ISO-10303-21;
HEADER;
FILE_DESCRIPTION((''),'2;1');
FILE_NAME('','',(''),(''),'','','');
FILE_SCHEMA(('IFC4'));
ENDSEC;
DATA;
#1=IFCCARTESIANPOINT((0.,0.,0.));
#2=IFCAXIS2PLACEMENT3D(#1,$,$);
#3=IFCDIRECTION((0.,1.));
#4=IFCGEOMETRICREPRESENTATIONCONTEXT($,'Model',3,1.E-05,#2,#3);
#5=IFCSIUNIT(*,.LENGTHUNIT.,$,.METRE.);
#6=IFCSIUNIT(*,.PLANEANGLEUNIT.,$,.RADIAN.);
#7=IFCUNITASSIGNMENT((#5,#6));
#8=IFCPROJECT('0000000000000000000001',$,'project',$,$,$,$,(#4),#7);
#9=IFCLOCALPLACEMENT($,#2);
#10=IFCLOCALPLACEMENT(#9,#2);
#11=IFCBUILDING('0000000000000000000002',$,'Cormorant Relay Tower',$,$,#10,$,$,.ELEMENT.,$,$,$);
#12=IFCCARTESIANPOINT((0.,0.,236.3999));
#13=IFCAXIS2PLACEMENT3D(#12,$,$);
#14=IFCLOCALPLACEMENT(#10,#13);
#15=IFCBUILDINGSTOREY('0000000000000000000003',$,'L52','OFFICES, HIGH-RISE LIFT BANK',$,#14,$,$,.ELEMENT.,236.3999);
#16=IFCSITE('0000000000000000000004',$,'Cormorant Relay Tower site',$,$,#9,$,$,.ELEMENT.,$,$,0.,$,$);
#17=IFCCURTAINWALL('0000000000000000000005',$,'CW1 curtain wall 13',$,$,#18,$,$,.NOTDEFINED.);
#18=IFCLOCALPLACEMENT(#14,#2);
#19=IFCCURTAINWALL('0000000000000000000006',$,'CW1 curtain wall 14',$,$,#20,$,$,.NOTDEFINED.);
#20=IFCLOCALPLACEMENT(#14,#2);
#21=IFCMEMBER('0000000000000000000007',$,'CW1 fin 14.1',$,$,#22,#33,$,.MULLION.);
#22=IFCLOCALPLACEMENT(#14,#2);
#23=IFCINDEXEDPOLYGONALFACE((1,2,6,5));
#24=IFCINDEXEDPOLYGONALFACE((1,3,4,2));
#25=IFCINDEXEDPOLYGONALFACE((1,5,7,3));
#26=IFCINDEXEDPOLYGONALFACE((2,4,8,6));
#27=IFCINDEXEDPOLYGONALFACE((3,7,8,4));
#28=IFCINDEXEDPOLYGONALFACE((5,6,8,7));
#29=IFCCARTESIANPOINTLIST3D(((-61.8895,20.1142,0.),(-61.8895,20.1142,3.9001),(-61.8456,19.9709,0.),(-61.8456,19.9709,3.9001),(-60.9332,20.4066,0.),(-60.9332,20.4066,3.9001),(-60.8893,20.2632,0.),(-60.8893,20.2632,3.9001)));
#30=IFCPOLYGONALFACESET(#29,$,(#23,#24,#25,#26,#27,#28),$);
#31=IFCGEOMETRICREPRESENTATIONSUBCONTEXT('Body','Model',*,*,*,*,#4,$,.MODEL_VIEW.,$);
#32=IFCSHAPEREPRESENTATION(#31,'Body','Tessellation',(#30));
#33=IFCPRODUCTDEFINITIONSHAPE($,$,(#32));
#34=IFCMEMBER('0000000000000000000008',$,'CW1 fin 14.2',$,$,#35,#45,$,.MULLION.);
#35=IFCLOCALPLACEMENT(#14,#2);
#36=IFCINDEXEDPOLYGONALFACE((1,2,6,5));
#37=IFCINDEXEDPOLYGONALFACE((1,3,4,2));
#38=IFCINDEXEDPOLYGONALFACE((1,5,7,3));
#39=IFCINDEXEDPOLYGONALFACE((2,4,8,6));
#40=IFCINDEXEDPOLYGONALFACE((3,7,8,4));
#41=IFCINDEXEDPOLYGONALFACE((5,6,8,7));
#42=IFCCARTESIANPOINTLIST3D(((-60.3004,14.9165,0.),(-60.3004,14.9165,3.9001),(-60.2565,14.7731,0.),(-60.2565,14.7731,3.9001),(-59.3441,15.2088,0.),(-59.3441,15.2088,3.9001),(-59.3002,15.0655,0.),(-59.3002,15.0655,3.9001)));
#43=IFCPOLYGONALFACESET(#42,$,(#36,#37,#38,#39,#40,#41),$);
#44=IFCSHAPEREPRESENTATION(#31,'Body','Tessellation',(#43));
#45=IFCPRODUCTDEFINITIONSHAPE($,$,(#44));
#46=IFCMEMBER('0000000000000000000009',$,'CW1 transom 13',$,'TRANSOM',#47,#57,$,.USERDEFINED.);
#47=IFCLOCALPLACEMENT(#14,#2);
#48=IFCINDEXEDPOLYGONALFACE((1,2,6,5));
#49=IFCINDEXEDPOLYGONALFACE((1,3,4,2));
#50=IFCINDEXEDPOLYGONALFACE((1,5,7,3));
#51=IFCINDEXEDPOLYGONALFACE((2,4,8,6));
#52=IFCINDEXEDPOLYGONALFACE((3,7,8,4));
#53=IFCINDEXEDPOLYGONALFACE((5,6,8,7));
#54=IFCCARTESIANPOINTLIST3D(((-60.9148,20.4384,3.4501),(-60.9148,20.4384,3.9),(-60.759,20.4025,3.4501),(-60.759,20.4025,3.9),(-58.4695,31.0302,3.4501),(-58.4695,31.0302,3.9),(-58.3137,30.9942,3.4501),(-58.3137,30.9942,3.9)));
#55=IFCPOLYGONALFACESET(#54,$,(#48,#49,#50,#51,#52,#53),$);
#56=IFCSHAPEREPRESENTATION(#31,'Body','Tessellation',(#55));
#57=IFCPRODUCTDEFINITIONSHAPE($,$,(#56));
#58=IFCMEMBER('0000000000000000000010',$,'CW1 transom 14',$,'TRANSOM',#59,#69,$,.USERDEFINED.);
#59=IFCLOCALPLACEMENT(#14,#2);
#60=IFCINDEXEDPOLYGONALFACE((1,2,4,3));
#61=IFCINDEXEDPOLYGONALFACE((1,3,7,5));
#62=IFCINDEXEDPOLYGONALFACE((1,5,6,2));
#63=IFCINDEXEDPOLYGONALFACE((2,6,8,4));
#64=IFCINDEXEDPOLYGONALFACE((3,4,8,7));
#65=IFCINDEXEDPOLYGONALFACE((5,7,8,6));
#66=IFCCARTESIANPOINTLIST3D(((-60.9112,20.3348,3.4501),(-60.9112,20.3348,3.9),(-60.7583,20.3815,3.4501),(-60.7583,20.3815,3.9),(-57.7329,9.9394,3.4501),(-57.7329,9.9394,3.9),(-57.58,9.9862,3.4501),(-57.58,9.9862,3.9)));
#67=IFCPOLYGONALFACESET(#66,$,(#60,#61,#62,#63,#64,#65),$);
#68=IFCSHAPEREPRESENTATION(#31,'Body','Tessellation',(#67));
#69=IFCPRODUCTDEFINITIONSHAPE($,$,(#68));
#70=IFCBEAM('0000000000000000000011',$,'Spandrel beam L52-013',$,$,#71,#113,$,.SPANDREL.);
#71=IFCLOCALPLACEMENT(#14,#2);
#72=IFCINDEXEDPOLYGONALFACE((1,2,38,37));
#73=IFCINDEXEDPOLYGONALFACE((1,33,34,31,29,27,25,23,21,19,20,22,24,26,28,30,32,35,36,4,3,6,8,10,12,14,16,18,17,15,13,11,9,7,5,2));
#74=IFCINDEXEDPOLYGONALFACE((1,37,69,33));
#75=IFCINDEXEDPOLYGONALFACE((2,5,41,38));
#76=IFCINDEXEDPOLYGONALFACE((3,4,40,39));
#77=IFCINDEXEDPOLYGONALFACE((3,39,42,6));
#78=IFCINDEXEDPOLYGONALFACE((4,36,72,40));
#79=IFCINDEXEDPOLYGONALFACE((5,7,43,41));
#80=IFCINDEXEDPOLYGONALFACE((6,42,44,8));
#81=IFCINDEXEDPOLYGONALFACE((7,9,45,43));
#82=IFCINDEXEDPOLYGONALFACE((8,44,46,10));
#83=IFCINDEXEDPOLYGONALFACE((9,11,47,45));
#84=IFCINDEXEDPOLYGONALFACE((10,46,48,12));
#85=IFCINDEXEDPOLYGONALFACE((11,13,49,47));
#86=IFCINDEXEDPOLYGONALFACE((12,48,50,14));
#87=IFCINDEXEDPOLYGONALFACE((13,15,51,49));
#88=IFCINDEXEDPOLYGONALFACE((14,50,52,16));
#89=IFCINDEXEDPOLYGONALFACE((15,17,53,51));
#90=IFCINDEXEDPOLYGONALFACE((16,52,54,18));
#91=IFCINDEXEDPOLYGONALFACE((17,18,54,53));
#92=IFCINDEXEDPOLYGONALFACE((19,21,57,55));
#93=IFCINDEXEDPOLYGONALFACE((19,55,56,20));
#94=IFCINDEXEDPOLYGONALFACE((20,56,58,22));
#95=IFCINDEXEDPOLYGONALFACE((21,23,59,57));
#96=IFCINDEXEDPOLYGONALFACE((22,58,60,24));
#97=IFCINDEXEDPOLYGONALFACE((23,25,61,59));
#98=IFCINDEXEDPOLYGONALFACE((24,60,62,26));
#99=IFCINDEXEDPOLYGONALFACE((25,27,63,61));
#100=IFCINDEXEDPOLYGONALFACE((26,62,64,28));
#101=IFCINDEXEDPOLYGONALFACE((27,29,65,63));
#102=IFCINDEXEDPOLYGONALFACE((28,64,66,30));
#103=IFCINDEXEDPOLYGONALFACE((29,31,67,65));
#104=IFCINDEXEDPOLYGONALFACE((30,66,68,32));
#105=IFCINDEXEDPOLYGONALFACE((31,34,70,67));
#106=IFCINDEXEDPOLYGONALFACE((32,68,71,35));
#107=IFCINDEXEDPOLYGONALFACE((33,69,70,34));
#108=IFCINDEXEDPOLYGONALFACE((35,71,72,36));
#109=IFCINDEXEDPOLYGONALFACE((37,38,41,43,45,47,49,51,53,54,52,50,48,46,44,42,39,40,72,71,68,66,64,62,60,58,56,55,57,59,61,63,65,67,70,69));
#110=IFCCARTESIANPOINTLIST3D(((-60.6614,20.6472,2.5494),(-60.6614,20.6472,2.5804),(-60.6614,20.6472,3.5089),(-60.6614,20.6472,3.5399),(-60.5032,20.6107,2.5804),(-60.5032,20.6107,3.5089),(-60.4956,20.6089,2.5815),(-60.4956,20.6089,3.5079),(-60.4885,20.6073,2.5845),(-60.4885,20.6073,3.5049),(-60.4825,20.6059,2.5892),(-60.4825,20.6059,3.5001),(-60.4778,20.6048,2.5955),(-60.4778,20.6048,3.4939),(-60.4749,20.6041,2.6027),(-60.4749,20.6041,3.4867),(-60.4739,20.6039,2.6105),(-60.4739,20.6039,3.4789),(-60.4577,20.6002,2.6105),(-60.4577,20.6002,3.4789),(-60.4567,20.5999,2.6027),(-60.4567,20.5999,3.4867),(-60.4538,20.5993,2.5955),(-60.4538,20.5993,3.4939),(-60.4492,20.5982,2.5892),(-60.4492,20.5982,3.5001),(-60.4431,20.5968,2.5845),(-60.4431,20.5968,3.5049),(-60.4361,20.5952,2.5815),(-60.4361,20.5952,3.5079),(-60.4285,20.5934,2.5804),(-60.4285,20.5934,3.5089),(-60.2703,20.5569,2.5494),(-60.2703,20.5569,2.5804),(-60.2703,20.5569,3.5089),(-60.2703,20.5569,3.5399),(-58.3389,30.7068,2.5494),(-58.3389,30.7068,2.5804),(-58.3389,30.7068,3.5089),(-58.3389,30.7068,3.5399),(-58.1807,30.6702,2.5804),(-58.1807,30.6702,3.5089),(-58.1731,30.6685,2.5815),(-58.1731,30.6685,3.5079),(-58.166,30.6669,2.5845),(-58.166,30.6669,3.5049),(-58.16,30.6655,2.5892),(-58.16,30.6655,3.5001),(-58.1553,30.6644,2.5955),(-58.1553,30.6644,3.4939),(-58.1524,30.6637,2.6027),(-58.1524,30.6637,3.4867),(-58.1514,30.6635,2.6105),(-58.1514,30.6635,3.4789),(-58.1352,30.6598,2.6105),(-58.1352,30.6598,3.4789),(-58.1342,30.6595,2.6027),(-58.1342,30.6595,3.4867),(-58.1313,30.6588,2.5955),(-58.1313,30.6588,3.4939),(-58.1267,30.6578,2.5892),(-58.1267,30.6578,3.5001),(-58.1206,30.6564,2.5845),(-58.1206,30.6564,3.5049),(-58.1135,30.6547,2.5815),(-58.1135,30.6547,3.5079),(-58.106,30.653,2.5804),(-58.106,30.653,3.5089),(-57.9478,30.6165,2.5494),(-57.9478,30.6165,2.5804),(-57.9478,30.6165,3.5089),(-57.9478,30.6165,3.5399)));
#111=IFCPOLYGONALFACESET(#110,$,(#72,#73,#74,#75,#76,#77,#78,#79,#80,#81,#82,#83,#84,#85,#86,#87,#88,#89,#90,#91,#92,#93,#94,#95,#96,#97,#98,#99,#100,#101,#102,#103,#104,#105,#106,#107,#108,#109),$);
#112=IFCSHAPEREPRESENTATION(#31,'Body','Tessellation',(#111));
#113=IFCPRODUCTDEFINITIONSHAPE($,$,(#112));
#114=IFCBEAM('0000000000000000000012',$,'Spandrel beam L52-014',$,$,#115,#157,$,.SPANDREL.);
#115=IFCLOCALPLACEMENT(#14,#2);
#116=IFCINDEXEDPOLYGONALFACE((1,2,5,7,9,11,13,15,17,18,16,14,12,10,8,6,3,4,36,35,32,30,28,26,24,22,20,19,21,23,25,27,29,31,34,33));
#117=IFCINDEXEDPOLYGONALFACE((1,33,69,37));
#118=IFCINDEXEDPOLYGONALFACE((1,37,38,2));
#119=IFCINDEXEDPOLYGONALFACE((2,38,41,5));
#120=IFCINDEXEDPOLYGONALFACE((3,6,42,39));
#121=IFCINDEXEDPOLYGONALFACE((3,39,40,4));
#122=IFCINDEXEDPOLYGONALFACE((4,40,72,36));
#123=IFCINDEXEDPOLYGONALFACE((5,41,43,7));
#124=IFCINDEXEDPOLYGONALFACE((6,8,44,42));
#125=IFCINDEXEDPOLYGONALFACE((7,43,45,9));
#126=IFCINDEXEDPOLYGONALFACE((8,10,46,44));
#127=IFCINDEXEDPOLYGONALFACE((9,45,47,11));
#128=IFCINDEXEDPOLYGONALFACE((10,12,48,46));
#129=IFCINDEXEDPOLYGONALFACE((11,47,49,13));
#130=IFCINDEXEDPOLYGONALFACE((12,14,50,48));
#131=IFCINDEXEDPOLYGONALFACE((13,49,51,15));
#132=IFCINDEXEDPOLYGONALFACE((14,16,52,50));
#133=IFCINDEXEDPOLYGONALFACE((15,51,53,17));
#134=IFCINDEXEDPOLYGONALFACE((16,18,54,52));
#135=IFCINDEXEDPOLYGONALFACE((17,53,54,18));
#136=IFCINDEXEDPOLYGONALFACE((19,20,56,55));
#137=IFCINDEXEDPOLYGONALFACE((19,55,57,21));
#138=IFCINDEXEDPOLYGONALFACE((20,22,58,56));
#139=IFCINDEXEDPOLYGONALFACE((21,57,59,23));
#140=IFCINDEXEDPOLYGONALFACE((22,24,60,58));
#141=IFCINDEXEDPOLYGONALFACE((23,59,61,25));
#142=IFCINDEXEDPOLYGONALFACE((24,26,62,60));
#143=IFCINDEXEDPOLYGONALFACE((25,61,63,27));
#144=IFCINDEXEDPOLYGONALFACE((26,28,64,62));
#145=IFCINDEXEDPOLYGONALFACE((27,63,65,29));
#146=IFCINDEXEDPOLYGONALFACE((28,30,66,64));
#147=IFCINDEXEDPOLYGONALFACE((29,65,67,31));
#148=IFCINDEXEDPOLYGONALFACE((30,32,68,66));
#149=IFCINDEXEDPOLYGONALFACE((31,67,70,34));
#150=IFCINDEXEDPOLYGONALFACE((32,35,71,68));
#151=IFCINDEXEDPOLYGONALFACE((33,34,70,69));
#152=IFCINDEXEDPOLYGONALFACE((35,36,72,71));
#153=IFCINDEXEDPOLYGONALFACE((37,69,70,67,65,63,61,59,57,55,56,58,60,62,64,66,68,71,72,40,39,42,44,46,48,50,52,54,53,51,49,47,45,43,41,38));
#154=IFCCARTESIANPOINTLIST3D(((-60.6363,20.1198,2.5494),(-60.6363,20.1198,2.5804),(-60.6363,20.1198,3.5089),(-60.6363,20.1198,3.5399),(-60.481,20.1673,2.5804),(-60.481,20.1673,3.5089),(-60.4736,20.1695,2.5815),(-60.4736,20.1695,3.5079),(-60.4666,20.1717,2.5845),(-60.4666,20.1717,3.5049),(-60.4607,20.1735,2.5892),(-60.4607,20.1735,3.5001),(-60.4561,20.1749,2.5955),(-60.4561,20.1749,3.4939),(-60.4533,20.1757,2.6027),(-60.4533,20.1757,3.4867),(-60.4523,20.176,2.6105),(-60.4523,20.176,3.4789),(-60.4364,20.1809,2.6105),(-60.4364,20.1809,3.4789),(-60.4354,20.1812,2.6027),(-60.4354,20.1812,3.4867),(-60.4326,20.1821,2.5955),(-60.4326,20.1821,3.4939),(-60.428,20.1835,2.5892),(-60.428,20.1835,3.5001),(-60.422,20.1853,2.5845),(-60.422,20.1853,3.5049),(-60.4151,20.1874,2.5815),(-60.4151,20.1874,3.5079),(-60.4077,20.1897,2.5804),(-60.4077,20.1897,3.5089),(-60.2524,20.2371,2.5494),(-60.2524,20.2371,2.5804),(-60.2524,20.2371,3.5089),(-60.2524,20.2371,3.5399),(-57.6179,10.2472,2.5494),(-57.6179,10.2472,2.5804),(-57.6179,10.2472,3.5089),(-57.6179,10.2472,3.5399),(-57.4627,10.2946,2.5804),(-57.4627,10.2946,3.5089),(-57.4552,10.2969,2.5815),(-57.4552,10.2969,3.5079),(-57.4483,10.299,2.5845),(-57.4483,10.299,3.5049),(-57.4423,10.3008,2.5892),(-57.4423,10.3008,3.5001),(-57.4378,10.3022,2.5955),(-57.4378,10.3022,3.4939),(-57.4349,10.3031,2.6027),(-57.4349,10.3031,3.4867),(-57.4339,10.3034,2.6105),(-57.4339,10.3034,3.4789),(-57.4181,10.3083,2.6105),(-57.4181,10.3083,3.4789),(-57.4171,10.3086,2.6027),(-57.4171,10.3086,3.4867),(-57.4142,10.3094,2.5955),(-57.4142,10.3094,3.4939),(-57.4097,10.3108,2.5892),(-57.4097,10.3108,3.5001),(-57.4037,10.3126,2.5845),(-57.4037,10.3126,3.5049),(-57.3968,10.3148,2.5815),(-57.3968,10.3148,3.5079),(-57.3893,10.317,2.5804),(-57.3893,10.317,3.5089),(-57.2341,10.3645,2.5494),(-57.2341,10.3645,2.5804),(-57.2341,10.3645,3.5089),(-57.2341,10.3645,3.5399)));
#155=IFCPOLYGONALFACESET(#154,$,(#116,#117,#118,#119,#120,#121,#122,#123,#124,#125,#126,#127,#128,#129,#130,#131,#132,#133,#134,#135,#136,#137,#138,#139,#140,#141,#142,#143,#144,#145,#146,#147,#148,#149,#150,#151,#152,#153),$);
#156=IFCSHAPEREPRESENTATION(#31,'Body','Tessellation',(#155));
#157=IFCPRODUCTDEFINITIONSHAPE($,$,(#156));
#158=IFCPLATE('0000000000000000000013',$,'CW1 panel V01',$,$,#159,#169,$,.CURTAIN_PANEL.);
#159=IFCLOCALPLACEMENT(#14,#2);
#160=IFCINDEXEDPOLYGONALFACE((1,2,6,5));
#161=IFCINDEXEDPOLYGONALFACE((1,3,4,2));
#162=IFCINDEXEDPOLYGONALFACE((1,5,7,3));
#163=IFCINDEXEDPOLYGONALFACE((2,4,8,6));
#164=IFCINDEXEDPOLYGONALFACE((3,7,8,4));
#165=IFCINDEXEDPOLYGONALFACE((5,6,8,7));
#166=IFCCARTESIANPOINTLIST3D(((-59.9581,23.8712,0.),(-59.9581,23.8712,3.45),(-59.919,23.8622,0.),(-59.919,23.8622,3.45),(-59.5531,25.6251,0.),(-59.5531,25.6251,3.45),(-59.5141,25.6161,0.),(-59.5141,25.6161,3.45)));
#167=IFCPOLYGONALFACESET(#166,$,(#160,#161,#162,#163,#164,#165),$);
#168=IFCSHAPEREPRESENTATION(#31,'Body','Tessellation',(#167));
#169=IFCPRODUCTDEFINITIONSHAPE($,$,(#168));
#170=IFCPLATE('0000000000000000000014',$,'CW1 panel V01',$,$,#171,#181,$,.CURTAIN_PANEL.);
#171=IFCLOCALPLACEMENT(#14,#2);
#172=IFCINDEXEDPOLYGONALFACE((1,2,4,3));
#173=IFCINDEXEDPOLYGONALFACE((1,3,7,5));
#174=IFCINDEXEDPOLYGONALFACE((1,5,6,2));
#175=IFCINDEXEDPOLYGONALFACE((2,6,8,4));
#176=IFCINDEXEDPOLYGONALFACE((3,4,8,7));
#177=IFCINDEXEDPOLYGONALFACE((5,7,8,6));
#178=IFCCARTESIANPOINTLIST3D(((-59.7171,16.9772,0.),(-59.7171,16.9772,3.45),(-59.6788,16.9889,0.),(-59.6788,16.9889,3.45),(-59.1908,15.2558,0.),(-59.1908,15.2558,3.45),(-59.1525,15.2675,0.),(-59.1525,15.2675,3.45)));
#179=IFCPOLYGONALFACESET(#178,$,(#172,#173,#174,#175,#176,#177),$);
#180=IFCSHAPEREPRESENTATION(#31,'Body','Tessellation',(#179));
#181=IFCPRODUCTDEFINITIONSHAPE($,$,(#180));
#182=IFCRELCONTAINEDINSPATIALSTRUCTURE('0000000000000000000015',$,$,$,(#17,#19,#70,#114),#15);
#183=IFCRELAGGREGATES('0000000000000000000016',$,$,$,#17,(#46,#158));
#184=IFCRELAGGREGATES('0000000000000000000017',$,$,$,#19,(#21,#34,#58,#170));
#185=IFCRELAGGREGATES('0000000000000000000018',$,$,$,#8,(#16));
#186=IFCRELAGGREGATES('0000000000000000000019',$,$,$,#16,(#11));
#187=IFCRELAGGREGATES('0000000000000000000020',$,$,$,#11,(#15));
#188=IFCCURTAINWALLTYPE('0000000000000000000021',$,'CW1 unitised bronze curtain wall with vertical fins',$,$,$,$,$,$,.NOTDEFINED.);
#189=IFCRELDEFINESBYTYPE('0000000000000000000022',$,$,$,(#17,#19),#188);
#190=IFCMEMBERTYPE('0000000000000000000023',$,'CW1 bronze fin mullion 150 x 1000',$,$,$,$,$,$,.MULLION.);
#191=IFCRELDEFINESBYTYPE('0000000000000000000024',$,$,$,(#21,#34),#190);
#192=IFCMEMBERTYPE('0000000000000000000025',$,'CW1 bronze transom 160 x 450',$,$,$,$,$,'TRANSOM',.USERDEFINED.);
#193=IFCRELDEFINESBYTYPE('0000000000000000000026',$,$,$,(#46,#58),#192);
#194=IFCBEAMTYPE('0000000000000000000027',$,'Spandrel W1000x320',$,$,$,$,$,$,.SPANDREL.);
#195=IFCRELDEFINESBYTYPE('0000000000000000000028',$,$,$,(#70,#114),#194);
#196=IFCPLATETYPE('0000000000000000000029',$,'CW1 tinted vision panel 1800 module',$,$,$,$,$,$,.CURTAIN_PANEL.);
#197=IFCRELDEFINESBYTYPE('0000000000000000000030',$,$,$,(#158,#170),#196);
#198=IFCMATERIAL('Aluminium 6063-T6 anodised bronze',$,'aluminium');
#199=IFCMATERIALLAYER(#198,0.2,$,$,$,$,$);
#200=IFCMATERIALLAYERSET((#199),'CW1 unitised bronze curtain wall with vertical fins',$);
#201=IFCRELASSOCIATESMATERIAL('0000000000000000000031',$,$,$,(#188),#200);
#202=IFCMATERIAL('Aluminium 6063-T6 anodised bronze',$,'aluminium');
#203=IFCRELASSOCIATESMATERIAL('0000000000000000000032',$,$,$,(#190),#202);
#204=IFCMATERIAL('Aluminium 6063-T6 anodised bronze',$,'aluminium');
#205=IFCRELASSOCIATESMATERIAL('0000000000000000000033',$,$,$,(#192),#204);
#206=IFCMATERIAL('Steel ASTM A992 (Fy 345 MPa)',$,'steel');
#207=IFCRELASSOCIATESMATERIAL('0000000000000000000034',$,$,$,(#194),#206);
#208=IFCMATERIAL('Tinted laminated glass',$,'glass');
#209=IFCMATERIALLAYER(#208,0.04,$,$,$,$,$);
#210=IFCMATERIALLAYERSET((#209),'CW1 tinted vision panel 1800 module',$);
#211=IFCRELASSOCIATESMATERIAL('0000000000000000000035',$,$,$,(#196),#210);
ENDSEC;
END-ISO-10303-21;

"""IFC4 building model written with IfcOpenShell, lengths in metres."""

from ifc_helpers import new_model, si_unit, direction, frame, origin, origin_2d, place, context, subcontext, project, spatial, rectangle, i_section, extrude, material, layer, layer_set, material_profile, profile_set, type_object, element, aggregate, save


model = new_model("IFC4")

# Units and contexts
model_context = context("Model", 3, precision=1e-05, world=origin(), true_north=direction((0.0, 1.0)))
body_context = subcontext(model_context, "Body", "Model", "MODEL_VIEW")
ifc_project = project(units=[si_unit("LENGTHUNIT", "METRE"), si_unit("PLANEANGLEUNIT", "RADIAN")], contexts=[model_context])

# Site, building, storey
site_placement = place(None, origin())
site = spatial("IfcSite", under=ifc_project, at=site_placement, Name="Cormorant Relay Tower site", CompositionType="ELEMENT", RefElevation=0.0)
building_placement = place(site_placement, origin())
building = spatial("IfcBuilding", under=site, at=building_placement, Name="Cormorant Relay Tower", CompositionType="ELEMENT")
storey_placement = place(building_placement, frame((0.0, 0.0, 236.3999)))
storey = spatial("IfcBuildingStorey", under=building, at=storey_placement, Name="L52", Description="OFFICES, HIGH-RISE LIFT BANK", CompositionType="ELEMENT", Elevation=236.3999)

# Curtain wall
ifc_material_1 = material(Name="Aluminium 6063-T6 anodised bronze", Category="aluminium")
ifc_layer_1 = layer(ifc_material_1, 0.2)
ifc_layer_set_1 = layer_set([ifc_layer_1], Name="CW1 unitised bronze curtain wall with vertical fins")
curtain_wall_type = type_object("IfcCurtainWallType", Name="CW1 unitised bronze curtain wall with vertical fins", PredefinedType="NOTDEFINED", material=ifc_layer_set_1)
curtain_wall_1_placement = place(storey_placement, origin())
curtain_wall_1 = element("IfcCurtainWall", 1, at=curtain_wall_1_placement, inside=storey, type_object=curtain_wall_type, Name="CW1 curtain wall 13", PredefinedType="NOTDEFINED")
ifc_material_2 = material(Name="Aluminium 6063-T6 anodised bronze", Category="aluminium")
ifc_material_profile_1 = material_profile(ifc_material_2, rectangle(XDim=0.1499, YDim=1.0, at=origin_2d()), Name="AL 150x1000")
ifc_profile_set_1 = profile_set([ifc_material_profile_1], Name="Aluminium 6063-T6 anodised bronze")
member_type_1 = type_object("IfcMemberType", Name="CW1 bronze fin mullion 150 x 1000", PredefinedType="MULLION", material=ifc_profile_set_1)

# Curtain wall, members
curtain_wall_2_placement = place(storey_placement, origin())
curtain_wall_2 = element("IfcCurtainWall", 2, at=curtain_wall_2_placement, inside=storey, type_object=curtain_wall_type, Name="CW1 curtain wall 14", PredefinedType="NOTDEFINED")
member_1_placement = place(storey_placement, frame((-61.3894, 20.1887, 0.0), z_axis=(0.0, 0.0, 1.0), x_axis=(0.292372, -0.956305, 0.0)))
member_1 = element("IfcMember", 3, at=member_1_placement, type_object=member_type_1, Name="CW1 fin 14.1", PredefinedType="MULLION", context=body_context, shape_type="SweptSolid", body=[
    extrude(rectangle(XDim=0.1499, YDim=1.0, at=origin_2d()), origin(), (0.0, 0.0, 1.0), 3.9001),
])
member_2_placement = place(storey_placement, frame((-59.8003, 14.991, 0.0), z_axis=(0.0, 0.0, 1.0), x_axis=(0.292372, -0.956305, 0.0)))
member_2 = element("IfcMember", 4, at=member_2_placement, type_object=member_type_1, Name="CW1 fin 14.2", PredefinedType="MULLION", context=body_context, shape_type="SweptSolid", body=[
    extrude(rectangle(XDim=0.1499, YDim=1.0, at=origin_2d()), origin(), (0.0, 0.0, 1.0), 3.9001),
])

# Members
ifc_material_3 = material(Name="Aluminium 6063-T6 anodised bronze", Category="aluminium")
ifc_material_profile_2 = material_profile(ifc_material_3, rectangle(XDim=0.1599, YDim=0.45, at=origin_2d()), Name="AL 160x450")
ifc_profile_set_2 = profile_set([ifc_material_profile_2], Name="Aluminium 6063-T6 anodised bronze")
member_type_2 = type_object("IfcMemberType", Name="CW1 bronze transom 160 x 450", ElementType="TRANSOM", PredefinedType="USERDEFINED", material=ifc_profile_set_2)
member_3_placement = place(storey_placement, frame((-58.3916, 31.0122, 3.675), z_axis=(-0.224951, -0.97437, 0.0), x_axis=(0.97437, -0.224951, 0.0)))
member_3 = element("IfcMember", 5, at=member_3_placement, type_object=member_type_2, Name="CW1 transom 13", ObjectType="TRANSOM", PredefinedType="USERDEFINED", context=body_context, shape_type="SweptSolid", body=[
    extrude(rectangle(XDim=0.1599, YDim=0.45, at=origin_2d()), origin(), (0.0, 0.0, 1.0), 10.8704),
])
member_4_placement = place(storey_placement, frame((-60.8347, 20.3582, 3.675), z_axis=(0.292378, -0.956303, 0.0), x_axis=(0.956303, 0.292378, 0.0)))
member_4 = element("IfcMember", 6, at=member_4_placement, type_object=member_type_2, Name="CW1 transom 14", ObjectType="TRANSOM", PredefinedType="USERDEFINED", context=body_context, shape_type="SweptSolid", body=[
    extrude(rectangle(XDim=0.1599, YDim=0.45, at=origin_2d()), origin(), (0.0, 0.0, 1.0), 10.8704),
])

# Beams
ifc_material_4 = material(Name="Steel ASTM A992 (Fy 345 MPa)", Category="steel")
ifc_material_profile_3 = material_profile(ifc_material_4, i_section(OverallWidth=0.4014, OverallDepth=0.9905, WebThickness=0.0166, FlangeThickness=0.031, FilletRadius=0.03, at=origin_2d()), Name="W1000x320")
ifc_profile_set_3 = profile_set([ifc_material_profile_3], Name="Steel ASTM A992 (Fy 345 MPa)")
beam_type = type_object("IfcBeamType", Name="Spandrel W1000x320", PredefinedType="SPANDREL", material=ifc_profile_set_3)
beam_1_placement = place(storey_placement, frame((-58.1433, 30.6616, 3.0447), z_axis=(-0.224958, -0.974368, 0.0), x_axis=(0.974368, -0.224958, 0.0)))
element("IfcBeam", 7, at=beam_1_placement, inside=storey, type_object=beam_type, Name="Spandrel beam L52-013", PredefinedType="SPANDREL", context=body_context, shape_type="SweptSolid", body=[
    extrude(i_section(OverallWidth=0.4014, OverallDepth=0.9905, WebThickness=0.0166, FlangeThickness=0.031, FilletRadius=0.03, at=origin_2d()), origin(), (0.0, 0.0, 1.0), 10.3242),
])
beam_2_placement = place(storey_placement, frame((-60.4443, 20.1785, 3.0447), z_axis=(0.292369, -0.956306, 0.0), x_axis=(0.956306, 0.292369, 0.0)))
element("IfcBeam", 8, at=beam_2_placement, inside=storey, type_object=beam_type, Name="Spandrel beam L52-014", PredefinedType="SPANDREL", context=body_context, shape_type="SweptSolid", body=[
    extrude(i_section(OverallWidth=0.4014, OverallDepth=0.9905, WebThickness=0.0166, FlangeThickness=0.031, FilletRadius=0.03, at=origin_2d()), origin(), (0.0, 0.0, 1.0), 10.3237),
])

# Plates
ifc_material_5 = material(Name="Tinted laminated glass", Category="glass")
ifc_layer_2 = layer(ifc_material_5, 0.04)
ifc_layer_set_2 = layer_set([ifc_layer_2], Name="CW1 tinted vision panel 1800 module")
plate_type = type_object("IfcPlateType", Name="CW1 tinted vision panel 1800 module", PredefinedType="CURTAIN_PANEL", material=ifc_layer_set_2)
plate_1_placement = place(storey_placement, frame((-59.7361, 24.7437, 0.0), z_axis=(0.0, 0.0, 1.0), x_axis=(-0.224951, -0.97437, 0.0)))
plate_1 = element("IfcPlate", 9, at=plate_1_placement, type_object=plate_type, Name="CW1 panel V01", PredefinedType="CURTAIN_PANEL", context=body_context, shape_type="SweptSolid", body=[
    extrude(rectangle(XDim=1.8, YDim=0.04, at=origin_2d()), origin(), (0.0, 0.0, 1.0), 3.45),
])
plate_2_placement = place(storey_placement, frame((-59.4348, 16.1223, 0.0), z_axis=(0.0, 0.0, 1.0), x_axis=(0.292372, -0.956305, 0.0)))
plate_2 = element("IfcPlate", 10, at=plate_2_placement, type_object=plate_type, Name="CW1 panel V01", PredefinedType="CURTAIN_PANEL", context=body_context, shape_type="SweptSolid", body=[
    extrude(rectangle(XDim=1.8, YDim=0.04, at=origin_2d()), origin(), (0.0, 0.0, 1.0), 3.45),
])

aggregate(curtain_wall_1, [member_3, plate_1])
aggregate(curtain_wall_2, [member_1, member_2, member_4, plate_2])

save(model, "model.ifc")
